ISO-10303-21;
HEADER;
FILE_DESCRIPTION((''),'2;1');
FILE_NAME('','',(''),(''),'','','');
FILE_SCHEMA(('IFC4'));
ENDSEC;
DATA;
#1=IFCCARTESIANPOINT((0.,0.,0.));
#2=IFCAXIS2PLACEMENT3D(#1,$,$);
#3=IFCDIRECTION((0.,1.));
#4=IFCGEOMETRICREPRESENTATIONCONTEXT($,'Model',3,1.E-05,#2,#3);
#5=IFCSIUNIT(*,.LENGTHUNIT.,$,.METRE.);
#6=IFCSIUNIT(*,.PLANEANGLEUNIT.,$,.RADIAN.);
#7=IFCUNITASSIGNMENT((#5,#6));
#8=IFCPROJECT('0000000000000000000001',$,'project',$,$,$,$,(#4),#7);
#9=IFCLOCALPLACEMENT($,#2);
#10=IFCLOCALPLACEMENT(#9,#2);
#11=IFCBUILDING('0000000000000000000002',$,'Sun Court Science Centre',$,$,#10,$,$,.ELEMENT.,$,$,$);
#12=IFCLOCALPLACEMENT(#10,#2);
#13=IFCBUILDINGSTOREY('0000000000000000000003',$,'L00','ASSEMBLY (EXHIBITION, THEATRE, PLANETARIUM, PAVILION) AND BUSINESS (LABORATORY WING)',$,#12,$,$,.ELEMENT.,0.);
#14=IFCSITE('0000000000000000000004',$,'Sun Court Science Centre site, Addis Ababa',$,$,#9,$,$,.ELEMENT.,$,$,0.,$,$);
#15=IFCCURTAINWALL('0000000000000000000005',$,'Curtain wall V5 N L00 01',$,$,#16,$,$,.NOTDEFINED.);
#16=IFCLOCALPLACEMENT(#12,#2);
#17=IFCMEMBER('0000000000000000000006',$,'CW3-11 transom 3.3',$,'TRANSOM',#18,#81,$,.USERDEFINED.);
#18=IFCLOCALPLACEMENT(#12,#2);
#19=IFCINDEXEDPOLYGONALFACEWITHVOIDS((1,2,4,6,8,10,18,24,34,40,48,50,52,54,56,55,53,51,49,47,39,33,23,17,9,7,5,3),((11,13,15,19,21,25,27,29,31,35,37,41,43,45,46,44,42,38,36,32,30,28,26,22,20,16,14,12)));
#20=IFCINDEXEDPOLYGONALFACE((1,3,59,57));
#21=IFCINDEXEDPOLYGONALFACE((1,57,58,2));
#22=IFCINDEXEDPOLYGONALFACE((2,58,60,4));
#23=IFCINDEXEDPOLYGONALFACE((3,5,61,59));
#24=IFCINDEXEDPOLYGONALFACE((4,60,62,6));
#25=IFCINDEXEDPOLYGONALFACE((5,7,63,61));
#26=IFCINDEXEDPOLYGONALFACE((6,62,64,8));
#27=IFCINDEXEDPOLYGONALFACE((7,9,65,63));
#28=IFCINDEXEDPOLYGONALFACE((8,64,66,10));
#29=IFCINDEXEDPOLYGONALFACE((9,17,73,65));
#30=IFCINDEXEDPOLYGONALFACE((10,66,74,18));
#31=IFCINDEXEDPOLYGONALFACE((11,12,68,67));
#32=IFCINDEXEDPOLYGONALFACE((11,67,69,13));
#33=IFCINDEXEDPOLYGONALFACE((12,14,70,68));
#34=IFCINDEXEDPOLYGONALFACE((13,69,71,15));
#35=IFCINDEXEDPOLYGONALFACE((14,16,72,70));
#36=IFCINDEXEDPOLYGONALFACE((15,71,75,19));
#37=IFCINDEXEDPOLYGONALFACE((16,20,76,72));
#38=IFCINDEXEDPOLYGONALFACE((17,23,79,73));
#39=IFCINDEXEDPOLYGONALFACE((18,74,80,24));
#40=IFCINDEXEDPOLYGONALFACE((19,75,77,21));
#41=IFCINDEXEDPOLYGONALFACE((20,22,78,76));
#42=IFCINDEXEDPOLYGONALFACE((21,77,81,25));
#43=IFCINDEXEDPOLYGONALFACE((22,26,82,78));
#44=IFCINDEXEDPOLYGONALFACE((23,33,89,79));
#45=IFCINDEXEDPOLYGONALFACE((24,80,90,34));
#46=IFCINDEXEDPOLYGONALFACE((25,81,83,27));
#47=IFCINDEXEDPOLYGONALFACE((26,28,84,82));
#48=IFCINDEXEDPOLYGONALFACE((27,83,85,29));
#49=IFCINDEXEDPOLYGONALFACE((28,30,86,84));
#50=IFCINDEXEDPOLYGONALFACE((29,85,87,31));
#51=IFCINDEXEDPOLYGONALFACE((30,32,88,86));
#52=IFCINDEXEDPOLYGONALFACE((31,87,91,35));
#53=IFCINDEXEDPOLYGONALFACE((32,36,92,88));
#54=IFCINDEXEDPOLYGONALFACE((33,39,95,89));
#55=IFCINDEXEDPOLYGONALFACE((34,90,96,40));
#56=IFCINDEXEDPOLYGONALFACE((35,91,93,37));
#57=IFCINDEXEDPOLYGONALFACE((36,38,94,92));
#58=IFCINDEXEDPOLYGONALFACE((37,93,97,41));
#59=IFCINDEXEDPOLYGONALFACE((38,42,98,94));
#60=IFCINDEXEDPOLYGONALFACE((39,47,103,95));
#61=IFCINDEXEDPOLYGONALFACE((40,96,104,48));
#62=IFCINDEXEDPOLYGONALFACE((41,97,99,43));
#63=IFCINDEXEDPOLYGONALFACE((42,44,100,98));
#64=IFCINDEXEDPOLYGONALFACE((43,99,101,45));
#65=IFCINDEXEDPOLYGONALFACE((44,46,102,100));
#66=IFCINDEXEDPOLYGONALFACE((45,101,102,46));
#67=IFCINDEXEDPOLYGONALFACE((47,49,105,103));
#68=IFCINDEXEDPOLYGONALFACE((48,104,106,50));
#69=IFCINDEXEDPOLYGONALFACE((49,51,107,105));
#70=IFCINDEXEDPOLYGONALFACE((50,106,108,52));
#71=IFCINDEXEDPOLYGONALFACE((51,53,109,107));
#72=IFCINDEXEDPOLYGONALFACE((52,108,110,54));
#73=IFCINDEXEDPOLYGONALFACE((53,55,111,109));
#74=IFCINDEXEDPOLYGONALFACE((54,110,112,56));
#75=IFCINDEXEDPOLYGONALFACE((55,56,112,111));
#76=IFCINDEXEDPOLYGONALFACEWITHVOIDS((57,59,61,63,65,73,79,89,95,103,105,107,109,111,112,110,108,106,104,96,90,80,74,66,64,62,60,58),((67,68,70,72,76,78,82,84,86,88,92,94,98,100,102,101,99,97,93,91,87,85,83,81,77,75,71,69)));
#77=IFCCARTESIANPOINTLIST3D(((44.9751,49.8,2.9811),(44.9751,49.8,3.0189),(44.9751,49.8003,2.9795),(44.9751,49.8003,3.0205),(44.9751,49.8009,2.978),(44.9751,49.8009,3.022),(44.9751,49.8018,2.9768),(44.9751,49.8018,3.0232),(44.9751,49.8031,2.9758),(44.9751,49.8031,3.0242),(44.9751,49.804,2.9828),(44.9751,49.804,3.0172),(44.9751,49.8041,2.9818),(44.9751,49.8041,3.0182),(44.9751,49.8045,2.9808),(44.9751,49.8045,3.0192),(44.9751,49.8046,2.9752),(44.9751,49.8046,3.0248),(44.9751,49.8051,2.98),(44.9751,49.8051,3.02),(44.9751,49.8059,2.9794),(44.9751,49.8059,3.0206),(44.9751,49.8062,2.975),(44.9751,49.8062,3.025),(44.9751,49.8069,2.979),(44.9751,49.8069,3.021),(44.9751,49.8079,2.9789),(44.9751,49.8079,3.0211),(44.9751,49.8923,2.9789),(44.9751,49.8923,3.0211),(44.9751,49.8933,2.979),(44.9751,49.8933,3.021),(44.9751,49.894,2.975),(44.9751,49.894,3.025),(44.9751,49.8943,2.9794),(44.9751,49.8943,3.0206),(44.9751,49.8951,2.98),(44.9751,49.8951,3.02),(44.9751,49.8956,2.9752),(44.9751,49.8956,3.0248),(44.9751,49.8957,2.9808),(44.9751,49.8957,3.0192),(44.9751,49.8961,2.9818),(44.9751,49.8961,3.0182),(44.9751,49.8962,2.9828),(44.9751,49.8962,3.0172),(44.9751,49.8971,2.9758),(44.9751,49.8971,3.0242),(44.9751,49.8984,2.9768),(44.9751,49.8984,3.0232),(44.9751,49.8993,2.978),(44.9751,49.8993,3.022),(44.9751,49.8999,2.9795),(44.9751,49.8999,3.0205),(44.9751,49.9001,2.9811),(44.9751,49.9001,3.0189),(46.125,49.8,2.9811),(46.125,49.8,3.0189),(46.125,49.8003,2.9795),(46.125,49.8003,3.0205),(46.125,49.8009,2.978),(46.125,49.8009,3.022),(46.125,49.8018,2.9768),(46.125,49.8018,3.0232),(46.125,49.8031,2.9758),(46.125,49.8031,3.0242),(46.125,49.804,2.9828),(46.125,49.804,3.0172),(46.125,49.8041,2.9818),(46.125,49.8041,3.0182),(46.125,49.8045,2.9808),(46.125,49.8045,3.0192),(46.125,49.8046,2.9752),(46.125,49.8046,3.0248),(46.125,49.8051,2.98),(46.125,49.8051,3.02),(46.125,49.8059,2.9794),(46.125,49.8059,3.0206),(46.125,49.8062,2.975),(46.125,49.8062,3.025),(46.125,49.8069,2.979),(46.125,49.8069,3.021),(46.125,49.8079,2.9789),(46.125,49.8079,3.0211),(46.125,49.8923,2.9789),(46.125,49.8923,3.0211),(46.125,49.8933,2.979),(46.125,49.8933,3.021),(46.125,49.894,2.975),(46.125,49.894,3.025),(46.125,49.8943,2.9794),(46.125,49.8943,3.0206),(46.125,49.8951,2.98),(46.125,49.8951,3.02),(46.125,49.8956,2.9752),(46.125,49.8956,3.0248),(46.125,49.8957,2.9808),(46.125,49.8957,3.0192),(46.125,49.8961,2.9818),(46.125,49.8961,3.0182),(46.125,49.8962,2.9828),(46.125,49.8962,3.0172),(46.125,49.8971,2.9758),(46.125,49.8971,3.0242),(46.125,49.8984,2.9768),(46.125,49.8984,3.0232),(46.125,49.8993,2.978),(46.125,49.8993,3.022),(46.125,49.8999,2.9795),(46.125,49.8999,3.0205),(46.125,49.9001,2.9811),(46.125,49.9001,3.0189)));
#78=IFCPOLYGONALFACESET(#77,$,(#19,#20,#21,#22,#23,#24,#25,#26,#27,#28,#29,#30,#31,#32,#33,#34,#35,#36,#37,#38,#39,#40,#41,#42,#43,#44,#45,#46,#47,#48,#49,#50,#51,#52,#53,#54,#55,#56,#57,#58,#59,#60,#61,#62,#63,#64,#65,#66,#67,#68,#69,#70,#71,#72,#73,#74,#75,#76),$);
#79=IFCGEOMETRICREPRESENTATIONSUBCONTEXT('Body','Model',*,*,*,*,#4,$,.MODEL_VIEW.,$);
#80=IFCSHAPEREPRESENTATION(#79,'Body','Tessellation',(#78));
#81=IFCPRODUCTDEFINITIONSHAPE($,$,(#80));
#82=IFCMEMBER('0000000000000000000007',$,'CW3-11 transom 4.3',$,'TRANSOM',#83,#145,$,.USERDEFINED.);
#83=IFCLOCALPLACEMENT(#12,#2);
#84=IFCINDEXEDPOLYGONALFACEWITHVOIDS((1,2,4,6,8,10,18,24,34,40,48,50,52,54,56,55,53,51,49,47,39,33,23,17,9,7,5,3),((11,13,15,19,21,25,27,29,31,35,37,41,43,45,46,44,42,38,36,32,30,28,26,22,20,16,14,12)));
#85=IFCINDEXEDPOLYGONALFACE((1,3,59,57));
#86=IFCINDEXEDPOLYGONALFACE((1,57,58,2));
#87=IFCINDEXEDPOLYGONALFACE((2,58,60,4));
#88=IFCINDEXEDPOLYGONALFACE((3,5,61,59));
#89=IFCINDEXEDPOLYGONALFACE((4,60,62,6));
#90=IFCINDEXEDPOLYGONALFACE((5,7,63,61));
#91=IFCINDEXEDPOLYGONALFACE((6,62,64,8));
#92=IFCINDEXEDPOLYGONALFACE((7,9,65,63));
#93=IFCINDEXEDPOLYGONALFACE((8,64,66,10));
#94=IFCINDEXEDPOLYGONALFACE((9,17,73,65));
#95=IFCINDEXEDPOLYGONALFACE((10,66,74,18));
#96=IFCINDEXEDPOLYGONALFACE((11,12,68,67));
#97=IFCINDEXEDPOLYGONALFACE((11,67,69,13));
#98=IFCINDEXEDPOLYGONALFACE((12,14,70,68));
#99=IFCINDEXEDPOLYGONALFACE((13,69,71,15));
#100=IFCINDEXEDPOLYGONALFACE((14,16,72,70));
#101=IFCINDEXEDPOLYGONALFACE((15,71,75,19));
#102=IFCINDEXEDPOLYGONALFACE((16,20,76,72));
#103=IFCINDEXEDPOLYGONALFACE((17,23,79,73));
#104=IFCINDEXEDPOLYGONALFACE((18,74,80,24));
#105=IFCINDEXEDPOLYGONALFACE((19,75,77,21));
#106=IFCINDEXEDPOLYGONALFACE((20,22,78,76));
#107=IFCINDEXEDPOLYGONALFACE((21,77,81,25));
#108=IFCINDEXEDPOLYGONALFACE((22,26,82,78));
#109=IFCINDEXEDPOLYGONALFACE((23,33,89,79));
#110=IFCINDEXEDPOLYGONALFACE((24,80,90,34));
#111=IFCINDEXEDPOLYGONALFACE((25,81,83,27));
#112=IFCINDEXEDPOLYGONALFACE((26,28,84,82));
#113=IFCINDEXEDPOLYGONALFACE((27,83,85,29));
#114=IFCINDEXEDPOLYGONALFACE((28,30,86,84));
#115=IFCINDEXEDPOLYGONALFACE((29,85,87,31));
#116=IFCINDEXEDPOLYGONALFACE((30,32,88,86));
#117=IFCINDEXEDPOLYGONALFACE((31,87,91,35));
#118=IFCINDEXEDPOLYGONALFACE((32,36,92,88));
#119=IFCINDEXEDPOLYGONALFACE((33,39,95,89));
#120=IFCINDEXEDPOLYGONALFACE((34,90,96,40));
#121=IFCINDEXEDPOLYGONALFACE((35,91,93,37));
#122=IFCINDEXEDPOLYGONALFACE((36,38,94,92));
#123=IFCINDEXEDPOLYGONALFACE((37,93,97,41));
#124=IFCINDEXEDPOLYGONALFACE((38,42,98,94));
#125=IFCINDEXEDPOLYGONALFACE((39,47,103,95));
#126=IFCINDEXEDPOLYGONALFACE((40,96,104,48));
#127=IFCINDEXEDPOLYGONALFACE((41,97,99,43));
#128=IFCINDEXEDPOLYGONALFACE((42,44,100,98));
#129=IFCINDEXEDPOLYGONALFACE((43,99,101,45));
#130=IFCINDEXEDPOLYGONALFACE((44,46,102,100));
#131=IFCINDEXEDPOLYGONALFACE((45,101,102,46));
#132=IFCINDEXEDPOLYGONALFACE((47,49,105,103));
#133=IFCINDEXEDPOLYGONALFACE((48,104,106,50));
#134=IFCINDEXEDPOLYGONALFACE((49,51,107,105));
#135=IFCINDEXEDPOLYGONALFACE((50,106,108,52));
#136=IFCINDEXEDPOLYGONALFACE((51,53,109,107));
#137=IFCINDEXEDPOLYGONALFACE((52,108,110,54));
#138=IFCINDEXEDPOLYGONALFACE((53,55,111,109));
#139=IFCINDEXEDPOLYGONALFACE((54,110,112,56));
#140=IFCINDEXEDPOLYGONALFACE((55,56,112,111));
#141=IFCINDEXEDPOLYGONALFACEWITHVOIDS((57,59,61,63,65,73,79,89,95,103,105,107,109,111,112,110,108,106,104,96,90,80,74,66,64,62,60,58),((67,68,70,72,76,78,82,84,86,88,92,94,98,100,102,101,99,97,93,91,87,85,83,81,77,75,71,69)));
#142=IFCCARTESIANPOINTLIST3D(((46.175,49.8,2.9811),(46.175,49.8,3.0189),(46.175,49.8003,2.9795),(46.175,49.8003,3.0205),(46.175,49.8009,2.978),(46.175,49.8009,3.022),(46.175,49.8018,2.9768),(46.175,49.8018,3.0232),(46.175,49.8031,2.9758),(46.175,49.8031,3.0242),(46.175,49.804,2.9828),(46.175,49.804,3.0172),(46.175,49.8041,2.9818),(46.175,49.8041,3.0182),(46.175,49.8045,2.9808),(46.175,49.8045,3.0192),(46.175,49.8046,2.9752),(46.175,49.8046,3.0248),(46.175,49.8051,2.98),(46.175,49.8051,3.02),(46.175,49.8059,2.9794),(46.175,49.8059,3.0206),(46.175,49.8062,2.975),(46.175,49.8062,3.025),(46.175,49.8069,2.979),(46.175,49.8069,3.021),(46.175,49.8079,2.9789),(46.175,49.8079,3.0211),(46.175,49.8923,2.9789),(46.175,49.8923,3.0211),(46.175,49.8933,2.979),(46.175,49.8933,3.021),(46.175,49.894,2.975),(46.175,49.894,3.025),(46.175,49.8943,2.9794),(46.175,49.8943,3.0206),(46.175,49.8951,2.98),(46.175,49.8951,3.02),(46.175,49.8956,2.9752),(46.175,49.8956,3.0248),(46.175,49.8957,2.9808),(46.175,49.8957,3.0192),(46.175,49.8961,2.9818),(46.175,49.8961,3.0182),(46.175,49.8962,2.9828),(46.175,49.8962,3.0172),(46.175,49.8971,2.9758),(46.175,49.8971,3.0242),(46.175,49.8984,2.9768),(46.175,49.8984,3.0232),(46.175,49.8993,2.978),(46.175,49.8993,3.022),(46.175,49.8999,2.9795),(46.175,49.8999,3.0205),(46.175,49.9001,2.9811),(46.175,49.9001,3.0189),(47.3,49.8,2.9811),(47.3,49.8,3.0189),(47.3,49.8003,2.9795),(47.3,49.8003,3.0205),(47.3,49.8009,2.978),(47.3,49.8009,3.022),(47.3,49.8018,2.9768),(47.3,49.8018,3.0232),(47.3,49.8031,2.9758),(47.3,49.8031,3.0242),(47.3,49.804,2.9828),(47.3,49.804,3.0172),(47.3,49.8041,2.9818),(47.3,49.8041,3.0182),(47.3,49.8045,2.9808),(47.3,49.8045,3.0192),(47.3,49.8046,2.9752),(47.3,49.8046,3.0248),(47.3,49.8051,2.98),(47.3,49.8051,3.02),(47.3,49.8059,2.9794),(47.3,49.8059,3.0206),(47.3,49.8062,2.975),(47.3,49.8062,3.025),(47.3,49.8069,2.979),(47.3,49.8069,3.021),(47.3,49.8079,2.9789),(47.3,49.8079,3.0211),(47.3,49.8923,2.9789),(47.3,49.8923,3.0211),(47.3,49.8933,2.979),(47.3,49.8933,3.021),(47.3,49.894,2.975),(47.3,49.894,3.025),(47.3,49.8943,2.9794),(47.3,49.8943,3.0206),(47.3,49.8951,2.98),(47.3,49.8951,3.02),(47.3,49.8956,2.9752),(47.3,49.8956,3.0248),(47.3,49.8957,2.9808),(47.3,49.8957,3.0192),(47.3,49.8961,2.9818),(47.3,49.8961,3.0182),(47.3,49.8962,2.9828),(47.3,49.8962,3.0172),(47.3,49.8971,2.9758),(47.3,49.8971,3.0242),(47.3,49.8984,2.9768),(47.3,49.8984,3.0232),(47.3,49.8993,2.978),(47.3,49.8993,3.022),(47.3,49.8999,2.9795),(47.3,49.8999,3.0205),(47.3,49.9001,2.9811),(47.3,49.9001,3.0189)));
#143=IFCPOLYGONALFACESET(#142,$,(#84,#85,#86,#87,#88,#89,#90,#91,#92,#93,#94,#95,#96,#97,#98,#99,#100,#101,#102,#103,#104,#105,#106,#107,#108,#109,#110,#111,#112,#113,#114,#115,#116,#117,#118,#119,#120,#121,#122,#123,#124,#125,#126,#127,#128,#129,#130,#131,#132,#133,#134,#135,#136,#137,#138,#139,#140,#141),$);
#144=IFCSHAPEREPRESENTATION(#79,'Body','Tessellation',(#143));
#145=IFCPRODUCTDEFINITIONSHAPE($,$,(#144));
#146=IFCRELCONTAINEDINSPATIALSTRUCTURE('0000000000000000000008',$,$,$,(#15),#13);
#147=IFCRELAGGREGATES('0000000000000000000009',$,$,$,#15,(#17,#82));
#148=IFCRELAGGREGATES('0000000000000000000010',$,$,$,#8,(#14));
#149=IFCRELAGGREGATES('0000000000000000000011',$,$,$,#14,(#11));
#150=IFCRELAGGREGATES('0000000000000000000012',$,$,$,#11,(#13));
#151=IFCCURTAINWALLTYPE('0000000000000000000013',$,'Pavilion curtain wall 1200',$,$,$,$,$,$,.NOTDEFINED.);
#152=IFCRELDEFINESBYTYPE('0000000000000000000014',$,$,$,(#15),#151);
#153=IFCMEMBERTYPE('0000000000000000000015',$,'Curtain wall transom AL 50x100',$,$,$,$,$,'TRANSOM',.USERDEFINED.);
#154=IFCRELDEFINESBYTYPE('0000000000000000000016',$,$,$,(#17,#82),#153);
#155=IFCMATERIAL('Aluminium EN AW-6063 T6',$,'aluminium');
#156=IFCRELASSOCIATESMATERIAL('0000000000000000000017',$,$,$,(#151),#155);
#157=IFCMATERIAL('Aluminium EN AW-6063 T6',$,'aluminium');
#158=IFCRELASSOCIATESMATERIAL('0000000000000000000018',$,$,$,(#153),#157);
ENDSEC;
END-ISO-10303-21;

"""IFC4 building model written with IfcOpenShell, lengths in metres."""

from ifc_helpers import new_model, si_unit, direction, frame, origin, origin_2d, place, context, subcontext, project, spatial, hollow_rectangle, extrude, material, material_profile, profile_set, type_object, element, aggregate, save


model = new_model("IFC4")

# Units and contexts
model_context = context("Model", 3, precision=1e-05, world=origin(), true_north=direction((0.0, 1.0)))
body_context = subcontext(model_context, "Body", "Model", "MODEL_VIEW")
ifc_project = project(units=[si_unit("LENGTHUNIT", "METRE"), si_unit("PLANEANGLEUNIT", "RADIAN")], contexts=[model_context])

# Site, building, storey
site_placement = place(None, origin())
site = spatial("IfcSite", under=ifc_project, at=site_placement, Name="Sun Court Science Centre site, Addis Ababa", CompositionType="ELEMENT", RefElevation=0.0)
building_placement = place(site_placement, origin())
building = spatial("IfcBuilding", under=site, at=building_placement, Name="Sun Court Science Centre", CompositionType="ELEMENT")
storey_placement = place(building_placement, origin())
storey = spatial("IfcBuildingStorey", under=building, at=storey_placement, Name="L00", Description="ASSEMBLY (EXHIBITION, THEATRE, PLANETARIUM, PAVILION) AND BUSINESS (LABORATORY WING)", CompositionType="ELEMENT", Elevation=0.0)

# Curtain wall
ifc_material_1 = material(Name="Aluminium EN AW-6063 T6", Category="aluminium")
curtain_wall_type = type_object("IfcCurtainWallType", Name="Pavilion curtain wall 1200", PredefinedType="NOTDEFINED", material=ifc_material_1)
curtain_wall_1_placement = place(storey_placement, origin())
curtain_wall_1 = element("IfcCurtainWall", 1, at=curtain_wall_1_placement, inside=storey, type_object=curtain_wall_type, Name="Curtain wall V5 N L00 01", PredefinedType="NOTDEFINED")

# Members
ifc_material_2 = material(Name="Aluminium EN AW-6063 T6", Category="aluminium")
ifc_material_profile_1 = material_profile(ifc_material_2, hollow_rectangle(XDim=0.05, YDim=0.1001, WallThickness=0.0039, InnerFilletRadius=0.0039, OuterFilletRadius=0.0061, at=origin_2d()), Name="AL 50x100x4")
ifc_profile_set_1 = profile_set([ifc_material_profile_1], Name="Aluminium EN AW-6063 T6")
member_type_1 = type_object("IfcMemberType", Name="Curtain wall transom AL 50x100", ElementType="TRANSOM", PredefinedType="USERDEFINED", material=ifc_profile_set_1)
member_1_placement = place(storey_placement, frame((44.9751, 49.8501, 3.0), z_axis=(1.0, 0.0, 0.0), x_axis=(0.0, 0.0, 1.0)))
member_1 = element("IfcMember", 2, at=member_1_placement, type_object=member_type_1, Name="CW3-11 transom 3.3", ObjectType="TRANSOM", PredefinedType="USERDEFINED", context=body_context, shape_type="SweptSolid", body=[
    extrude(hollow_rectangle(XDim=0.05, YDim=0.1001, WallThickness=0.0039, InnerFilletRadius=0.0039, OuterFilletRadius=0.0061, at=origin_2d()), origin(), (0.0, 0.0, 1.0), 1.1499),
])
member_2_placement = place(storey_placement, frame((46.175, 49.8501, 3.0), z_axis=(1.0, 0.0, 0.0), x_axis=(0.0, 0.0, 1.0)))
member_2 = element("IfcMember", 3, at=member_2_placement, type_object=member_type_1, Name="CW3-11 transom 4.3", ObjectType="TRANSOM", PredefinedType="USERDEFINED", context=body_context, shape_type="SweptSolid", body=[
    extrude(hollow_rectangle(XDim=0.05, YDim=0.1001, WallThickness=0.0039, InnerFilletRadius=0.0039, OuterFilletRadius=0.0061, at=origin_2d()), origin(), (0.0, 0.0, 1.0), 1.125),
])

aggregate(curtain_wall_1, [member_1, member_2])

save(model, "model.ifc")
